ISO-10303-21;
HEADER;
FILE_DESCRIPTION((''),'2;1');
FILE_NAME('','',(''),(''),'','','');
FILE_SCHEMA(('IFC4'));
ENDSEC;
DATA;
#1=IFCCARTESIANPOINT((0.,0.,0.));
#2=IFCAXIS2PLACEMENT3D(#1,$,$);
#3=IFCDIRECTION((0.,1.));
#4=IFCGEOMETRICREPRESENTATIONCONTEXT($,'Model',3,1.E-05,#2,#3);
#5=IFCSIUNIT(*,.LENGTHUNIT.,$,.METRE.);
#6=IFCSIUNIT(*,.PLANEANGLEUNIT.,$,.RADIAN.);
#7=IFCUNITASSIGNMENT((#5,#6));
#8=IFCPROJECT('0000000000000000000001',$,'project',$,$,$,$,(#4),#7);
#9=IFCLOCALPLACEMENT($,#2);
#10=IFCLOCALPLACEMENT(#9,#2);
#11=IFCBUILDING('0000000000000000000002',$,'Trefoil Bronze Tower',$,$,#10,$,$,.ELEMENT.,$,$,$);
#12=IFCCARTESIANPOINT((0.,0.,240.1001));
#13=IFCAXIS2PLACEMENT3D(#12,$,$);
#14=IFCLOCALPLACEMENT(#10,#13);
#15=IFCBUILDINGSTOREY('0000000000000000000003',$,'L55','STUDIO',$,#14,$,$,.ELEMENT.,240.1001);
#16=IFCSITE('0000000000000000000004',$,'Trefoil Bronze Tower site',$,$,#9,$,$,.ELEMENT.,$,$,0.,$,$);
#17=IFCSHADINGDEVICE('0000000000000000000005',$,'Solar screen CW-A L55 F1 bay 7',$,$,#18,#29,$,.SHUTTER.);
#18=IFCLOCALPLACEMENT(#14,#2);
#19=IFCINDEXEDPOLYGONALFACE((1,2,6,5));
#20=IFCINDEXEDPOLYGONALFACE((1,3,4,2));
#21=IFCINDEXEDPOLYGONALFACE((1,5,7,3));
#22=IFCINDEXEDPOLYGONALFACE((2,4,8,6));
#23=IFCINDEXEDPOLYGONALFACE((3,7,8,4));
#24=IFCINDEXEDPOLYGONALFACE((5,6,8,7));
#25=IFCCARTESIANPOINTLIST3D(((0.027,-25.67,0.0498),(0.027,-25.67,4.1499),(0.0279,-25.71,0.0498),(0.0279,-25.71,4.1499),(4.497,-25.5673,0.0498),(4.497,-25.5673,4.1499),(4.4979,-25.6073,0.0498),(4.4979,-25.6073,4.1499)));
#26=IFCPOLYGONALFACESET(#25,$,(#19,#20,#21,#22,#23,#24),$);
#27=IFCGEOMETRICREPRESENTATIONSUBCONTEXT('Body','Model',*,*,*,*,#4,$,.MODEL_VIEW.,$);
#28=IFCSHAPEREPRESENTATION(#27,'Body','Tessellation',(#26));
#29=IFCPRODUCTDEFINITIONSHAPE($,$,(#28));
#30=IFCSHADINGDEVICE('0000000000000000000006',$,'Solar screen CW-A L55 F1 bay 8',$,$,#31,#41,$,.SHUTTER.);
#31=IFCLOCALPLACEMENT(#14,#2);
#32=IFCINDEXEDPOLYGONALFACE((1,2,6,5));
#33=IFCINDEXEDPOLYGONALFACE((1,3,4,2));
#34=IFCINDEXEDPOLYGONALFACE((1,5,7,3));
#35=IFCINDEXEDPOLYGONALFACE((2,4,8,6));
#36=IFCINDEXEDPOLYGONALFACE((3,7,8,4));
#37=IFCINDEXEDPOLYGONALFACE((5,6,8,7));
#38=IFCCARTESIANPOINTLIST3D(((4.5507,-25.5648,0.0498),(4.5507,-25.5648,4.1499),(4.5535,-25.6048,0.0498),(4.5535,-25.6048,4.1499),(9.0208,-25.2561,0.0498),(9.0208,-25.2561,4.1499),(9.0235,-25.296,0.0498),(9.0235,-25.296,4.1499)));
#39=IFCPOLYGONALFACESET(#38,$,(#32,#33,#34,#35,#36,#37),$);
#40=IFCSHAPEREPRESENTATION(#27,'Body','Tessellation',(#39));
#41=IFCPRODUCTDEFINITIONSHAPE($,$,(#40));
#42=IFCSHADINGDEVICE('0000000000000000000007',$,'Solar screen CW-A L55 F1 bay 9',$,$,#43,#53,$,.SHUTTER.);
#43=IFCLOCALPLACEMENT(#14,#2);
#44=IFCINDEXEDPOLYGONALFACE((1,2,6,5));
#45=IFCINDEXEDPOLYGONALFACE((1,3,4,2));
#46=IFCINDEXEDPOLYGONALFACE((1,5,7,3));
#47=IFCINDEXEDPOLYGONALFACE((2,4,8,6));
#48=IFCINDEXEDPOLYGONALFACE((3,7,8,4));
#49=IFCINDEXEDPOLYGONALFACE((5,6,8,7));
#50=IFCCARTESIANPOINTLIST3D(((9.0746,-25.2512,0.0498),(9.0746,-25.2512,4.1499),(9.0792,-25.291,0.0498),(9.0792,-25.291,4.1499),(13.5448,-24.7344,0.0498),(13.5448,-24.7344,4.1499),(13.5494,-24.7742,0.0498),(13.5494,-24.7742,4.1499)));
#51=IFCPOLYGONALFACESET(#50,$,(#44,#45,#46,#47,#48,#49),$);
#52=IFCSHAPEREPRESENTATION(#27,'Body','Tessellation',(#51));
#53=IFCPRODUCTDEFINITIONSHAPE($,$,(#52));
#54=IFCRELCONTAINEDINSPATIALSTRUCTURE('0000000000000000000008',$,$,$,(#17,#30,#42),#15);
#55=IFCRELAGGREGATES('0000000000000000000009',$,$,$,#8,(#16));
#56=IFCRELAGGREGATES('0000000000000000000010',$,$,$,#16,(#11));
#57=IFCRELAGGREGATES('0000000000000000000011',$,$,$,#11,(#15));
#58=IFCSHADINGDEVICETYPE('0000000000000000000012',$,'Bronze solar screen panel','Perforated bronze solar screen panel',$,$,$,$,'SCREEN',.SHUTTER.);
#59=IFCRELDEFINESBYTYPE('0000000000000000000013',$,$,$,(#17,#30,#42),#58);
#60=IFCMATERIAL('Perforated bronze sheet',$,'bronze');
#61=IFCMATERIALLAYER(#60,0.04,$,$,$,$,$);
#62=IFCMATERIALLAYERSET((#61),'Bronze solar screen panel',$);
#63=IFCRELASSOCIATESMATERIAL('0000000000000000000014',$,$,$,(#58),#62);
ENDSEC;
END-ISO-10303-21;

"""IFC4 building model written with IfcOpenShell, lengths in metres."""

from ifc_helpers import new_model, si_unit, direction, frame, origin, origin_2d, place, context, subcontext, project, spatial, rectangle, extrude, material, layer, layer_set, type_object, element, save


model = new_model("IFC4")

# Units and contexts
model_context = context("Model", 3, precision=1e-05, world=origin(), true_north=direction((0.0, 1.0)))
body_context = subcontext(model_context, "Body", "Model", "MODEL_VIEW")
ifc_project = project(units=[si_unit("LENGTHUNIT", "METRE"), si_unit("PLANEANGLEUNIT", "RADIAN")], contexts=[model_context])

# Site, building, storey
site_placement = place(None, origin())
site = spatial("IfcSite", under=ifc_project, at=site_placement, Name="Trefoil Bronze Tower site", CompositionType="ELEMENT", RefElevation=0.0)
building_placement = place(site_placement, origin())
building = spatial("IfcBuilding", under=site, at=building_placement, Name="Trefoil Bronze Tower", CompositionType="ELEMENT")
storey_placement = place(building_placement, frame((0.0, 0.0, 240.1001)))
storey = spatial("IfcBuildingStorey", under=building, at=storey_placement, Name="L55", Description="STUDIO", CompositionType="ELEMENT", Elevation=240.1001)

# Shading devices
ifc_material_1 = material(Name="Perforated bronze sheet", Category="bronze")
ifc_layer_1 = layer(ifc_material_1, 0.04)
ifc_layer_set_1 = layer_set([ifc_layer_1], Name="Bronze solar screen panel")
shading_device_type = type_object("IfcShadingDeviceType", Name="Bronze solar screen panel", Description="Perforated bronze solar screen panel", ElementType="SCREEN", PredefinedType="SHUTTER", material=ifc_layer_set_1)
shading_device_1_placement = place(storey_placement, frame((2.2625, -25.6387, 0.0498), z_axis=(0.0, 0.0, 1.0), x_axis=(0.999736, 0.022972, 0.0)))
element("IfcShadingDevice", 1, at=shading_device_1_placement, inside=storey, type_object=shading_device_type, Name="Solar screen CW-A L55 F1 bay 7", PredefinedType="SHUTTER", context=body_context, shape_type="SweptSolid", body=[
    extrude(rectangle(XDim=4.4712, YDim=0.04, at=origin_2d()), origin(), (0.0, 0.0, 1.0), 4.1001),
])
shading_device_2_placement = place(storey_placement, frame((6.7871, -25.4304, 0.0498), z_axis=(0.0, 0.0, 1.0), x_axis=(0.997623, 0.068915, 0.0)))
element("IfcShadingDevice", 2, at=shading_device_2_placement, inside=storey, type_object=shading_device_type, Name="Solar screen CW-A L55 F1 bay 8", PredefinedType="SHUTTER", context=body_context, shape_type="SweptSolid", body=[
    extrude(rectangle(XDim=4.4807, YDim=0.04, at=origin_2d()), origin(), (0.0, 0.0, 1.0), 4.1001),
])
shading_device_3_placement = place(storey_placement, frame((11.312, -25.0127, 0.0498), z_axis=(0.0, 0.0, 1.0), x_axis=(0.993382, 0.114859, 0.0)))
element("IfcShadingDevice", 3, at=shading_device_3_placement, inside=storey, type_object=shading_device_type, Name="Solar screen CW-A L55 F1 bay 9", PredefinedType="SHUTTER", context=body_context, shape_type="SweptSolid", body=[
    extrude(rectangle(XDim=4.5, YDim=0.04, at=origin_2d()), origin(), (0.0, 0.0, 1.0), 4.1001),
])

save(model, "model.ifc")
